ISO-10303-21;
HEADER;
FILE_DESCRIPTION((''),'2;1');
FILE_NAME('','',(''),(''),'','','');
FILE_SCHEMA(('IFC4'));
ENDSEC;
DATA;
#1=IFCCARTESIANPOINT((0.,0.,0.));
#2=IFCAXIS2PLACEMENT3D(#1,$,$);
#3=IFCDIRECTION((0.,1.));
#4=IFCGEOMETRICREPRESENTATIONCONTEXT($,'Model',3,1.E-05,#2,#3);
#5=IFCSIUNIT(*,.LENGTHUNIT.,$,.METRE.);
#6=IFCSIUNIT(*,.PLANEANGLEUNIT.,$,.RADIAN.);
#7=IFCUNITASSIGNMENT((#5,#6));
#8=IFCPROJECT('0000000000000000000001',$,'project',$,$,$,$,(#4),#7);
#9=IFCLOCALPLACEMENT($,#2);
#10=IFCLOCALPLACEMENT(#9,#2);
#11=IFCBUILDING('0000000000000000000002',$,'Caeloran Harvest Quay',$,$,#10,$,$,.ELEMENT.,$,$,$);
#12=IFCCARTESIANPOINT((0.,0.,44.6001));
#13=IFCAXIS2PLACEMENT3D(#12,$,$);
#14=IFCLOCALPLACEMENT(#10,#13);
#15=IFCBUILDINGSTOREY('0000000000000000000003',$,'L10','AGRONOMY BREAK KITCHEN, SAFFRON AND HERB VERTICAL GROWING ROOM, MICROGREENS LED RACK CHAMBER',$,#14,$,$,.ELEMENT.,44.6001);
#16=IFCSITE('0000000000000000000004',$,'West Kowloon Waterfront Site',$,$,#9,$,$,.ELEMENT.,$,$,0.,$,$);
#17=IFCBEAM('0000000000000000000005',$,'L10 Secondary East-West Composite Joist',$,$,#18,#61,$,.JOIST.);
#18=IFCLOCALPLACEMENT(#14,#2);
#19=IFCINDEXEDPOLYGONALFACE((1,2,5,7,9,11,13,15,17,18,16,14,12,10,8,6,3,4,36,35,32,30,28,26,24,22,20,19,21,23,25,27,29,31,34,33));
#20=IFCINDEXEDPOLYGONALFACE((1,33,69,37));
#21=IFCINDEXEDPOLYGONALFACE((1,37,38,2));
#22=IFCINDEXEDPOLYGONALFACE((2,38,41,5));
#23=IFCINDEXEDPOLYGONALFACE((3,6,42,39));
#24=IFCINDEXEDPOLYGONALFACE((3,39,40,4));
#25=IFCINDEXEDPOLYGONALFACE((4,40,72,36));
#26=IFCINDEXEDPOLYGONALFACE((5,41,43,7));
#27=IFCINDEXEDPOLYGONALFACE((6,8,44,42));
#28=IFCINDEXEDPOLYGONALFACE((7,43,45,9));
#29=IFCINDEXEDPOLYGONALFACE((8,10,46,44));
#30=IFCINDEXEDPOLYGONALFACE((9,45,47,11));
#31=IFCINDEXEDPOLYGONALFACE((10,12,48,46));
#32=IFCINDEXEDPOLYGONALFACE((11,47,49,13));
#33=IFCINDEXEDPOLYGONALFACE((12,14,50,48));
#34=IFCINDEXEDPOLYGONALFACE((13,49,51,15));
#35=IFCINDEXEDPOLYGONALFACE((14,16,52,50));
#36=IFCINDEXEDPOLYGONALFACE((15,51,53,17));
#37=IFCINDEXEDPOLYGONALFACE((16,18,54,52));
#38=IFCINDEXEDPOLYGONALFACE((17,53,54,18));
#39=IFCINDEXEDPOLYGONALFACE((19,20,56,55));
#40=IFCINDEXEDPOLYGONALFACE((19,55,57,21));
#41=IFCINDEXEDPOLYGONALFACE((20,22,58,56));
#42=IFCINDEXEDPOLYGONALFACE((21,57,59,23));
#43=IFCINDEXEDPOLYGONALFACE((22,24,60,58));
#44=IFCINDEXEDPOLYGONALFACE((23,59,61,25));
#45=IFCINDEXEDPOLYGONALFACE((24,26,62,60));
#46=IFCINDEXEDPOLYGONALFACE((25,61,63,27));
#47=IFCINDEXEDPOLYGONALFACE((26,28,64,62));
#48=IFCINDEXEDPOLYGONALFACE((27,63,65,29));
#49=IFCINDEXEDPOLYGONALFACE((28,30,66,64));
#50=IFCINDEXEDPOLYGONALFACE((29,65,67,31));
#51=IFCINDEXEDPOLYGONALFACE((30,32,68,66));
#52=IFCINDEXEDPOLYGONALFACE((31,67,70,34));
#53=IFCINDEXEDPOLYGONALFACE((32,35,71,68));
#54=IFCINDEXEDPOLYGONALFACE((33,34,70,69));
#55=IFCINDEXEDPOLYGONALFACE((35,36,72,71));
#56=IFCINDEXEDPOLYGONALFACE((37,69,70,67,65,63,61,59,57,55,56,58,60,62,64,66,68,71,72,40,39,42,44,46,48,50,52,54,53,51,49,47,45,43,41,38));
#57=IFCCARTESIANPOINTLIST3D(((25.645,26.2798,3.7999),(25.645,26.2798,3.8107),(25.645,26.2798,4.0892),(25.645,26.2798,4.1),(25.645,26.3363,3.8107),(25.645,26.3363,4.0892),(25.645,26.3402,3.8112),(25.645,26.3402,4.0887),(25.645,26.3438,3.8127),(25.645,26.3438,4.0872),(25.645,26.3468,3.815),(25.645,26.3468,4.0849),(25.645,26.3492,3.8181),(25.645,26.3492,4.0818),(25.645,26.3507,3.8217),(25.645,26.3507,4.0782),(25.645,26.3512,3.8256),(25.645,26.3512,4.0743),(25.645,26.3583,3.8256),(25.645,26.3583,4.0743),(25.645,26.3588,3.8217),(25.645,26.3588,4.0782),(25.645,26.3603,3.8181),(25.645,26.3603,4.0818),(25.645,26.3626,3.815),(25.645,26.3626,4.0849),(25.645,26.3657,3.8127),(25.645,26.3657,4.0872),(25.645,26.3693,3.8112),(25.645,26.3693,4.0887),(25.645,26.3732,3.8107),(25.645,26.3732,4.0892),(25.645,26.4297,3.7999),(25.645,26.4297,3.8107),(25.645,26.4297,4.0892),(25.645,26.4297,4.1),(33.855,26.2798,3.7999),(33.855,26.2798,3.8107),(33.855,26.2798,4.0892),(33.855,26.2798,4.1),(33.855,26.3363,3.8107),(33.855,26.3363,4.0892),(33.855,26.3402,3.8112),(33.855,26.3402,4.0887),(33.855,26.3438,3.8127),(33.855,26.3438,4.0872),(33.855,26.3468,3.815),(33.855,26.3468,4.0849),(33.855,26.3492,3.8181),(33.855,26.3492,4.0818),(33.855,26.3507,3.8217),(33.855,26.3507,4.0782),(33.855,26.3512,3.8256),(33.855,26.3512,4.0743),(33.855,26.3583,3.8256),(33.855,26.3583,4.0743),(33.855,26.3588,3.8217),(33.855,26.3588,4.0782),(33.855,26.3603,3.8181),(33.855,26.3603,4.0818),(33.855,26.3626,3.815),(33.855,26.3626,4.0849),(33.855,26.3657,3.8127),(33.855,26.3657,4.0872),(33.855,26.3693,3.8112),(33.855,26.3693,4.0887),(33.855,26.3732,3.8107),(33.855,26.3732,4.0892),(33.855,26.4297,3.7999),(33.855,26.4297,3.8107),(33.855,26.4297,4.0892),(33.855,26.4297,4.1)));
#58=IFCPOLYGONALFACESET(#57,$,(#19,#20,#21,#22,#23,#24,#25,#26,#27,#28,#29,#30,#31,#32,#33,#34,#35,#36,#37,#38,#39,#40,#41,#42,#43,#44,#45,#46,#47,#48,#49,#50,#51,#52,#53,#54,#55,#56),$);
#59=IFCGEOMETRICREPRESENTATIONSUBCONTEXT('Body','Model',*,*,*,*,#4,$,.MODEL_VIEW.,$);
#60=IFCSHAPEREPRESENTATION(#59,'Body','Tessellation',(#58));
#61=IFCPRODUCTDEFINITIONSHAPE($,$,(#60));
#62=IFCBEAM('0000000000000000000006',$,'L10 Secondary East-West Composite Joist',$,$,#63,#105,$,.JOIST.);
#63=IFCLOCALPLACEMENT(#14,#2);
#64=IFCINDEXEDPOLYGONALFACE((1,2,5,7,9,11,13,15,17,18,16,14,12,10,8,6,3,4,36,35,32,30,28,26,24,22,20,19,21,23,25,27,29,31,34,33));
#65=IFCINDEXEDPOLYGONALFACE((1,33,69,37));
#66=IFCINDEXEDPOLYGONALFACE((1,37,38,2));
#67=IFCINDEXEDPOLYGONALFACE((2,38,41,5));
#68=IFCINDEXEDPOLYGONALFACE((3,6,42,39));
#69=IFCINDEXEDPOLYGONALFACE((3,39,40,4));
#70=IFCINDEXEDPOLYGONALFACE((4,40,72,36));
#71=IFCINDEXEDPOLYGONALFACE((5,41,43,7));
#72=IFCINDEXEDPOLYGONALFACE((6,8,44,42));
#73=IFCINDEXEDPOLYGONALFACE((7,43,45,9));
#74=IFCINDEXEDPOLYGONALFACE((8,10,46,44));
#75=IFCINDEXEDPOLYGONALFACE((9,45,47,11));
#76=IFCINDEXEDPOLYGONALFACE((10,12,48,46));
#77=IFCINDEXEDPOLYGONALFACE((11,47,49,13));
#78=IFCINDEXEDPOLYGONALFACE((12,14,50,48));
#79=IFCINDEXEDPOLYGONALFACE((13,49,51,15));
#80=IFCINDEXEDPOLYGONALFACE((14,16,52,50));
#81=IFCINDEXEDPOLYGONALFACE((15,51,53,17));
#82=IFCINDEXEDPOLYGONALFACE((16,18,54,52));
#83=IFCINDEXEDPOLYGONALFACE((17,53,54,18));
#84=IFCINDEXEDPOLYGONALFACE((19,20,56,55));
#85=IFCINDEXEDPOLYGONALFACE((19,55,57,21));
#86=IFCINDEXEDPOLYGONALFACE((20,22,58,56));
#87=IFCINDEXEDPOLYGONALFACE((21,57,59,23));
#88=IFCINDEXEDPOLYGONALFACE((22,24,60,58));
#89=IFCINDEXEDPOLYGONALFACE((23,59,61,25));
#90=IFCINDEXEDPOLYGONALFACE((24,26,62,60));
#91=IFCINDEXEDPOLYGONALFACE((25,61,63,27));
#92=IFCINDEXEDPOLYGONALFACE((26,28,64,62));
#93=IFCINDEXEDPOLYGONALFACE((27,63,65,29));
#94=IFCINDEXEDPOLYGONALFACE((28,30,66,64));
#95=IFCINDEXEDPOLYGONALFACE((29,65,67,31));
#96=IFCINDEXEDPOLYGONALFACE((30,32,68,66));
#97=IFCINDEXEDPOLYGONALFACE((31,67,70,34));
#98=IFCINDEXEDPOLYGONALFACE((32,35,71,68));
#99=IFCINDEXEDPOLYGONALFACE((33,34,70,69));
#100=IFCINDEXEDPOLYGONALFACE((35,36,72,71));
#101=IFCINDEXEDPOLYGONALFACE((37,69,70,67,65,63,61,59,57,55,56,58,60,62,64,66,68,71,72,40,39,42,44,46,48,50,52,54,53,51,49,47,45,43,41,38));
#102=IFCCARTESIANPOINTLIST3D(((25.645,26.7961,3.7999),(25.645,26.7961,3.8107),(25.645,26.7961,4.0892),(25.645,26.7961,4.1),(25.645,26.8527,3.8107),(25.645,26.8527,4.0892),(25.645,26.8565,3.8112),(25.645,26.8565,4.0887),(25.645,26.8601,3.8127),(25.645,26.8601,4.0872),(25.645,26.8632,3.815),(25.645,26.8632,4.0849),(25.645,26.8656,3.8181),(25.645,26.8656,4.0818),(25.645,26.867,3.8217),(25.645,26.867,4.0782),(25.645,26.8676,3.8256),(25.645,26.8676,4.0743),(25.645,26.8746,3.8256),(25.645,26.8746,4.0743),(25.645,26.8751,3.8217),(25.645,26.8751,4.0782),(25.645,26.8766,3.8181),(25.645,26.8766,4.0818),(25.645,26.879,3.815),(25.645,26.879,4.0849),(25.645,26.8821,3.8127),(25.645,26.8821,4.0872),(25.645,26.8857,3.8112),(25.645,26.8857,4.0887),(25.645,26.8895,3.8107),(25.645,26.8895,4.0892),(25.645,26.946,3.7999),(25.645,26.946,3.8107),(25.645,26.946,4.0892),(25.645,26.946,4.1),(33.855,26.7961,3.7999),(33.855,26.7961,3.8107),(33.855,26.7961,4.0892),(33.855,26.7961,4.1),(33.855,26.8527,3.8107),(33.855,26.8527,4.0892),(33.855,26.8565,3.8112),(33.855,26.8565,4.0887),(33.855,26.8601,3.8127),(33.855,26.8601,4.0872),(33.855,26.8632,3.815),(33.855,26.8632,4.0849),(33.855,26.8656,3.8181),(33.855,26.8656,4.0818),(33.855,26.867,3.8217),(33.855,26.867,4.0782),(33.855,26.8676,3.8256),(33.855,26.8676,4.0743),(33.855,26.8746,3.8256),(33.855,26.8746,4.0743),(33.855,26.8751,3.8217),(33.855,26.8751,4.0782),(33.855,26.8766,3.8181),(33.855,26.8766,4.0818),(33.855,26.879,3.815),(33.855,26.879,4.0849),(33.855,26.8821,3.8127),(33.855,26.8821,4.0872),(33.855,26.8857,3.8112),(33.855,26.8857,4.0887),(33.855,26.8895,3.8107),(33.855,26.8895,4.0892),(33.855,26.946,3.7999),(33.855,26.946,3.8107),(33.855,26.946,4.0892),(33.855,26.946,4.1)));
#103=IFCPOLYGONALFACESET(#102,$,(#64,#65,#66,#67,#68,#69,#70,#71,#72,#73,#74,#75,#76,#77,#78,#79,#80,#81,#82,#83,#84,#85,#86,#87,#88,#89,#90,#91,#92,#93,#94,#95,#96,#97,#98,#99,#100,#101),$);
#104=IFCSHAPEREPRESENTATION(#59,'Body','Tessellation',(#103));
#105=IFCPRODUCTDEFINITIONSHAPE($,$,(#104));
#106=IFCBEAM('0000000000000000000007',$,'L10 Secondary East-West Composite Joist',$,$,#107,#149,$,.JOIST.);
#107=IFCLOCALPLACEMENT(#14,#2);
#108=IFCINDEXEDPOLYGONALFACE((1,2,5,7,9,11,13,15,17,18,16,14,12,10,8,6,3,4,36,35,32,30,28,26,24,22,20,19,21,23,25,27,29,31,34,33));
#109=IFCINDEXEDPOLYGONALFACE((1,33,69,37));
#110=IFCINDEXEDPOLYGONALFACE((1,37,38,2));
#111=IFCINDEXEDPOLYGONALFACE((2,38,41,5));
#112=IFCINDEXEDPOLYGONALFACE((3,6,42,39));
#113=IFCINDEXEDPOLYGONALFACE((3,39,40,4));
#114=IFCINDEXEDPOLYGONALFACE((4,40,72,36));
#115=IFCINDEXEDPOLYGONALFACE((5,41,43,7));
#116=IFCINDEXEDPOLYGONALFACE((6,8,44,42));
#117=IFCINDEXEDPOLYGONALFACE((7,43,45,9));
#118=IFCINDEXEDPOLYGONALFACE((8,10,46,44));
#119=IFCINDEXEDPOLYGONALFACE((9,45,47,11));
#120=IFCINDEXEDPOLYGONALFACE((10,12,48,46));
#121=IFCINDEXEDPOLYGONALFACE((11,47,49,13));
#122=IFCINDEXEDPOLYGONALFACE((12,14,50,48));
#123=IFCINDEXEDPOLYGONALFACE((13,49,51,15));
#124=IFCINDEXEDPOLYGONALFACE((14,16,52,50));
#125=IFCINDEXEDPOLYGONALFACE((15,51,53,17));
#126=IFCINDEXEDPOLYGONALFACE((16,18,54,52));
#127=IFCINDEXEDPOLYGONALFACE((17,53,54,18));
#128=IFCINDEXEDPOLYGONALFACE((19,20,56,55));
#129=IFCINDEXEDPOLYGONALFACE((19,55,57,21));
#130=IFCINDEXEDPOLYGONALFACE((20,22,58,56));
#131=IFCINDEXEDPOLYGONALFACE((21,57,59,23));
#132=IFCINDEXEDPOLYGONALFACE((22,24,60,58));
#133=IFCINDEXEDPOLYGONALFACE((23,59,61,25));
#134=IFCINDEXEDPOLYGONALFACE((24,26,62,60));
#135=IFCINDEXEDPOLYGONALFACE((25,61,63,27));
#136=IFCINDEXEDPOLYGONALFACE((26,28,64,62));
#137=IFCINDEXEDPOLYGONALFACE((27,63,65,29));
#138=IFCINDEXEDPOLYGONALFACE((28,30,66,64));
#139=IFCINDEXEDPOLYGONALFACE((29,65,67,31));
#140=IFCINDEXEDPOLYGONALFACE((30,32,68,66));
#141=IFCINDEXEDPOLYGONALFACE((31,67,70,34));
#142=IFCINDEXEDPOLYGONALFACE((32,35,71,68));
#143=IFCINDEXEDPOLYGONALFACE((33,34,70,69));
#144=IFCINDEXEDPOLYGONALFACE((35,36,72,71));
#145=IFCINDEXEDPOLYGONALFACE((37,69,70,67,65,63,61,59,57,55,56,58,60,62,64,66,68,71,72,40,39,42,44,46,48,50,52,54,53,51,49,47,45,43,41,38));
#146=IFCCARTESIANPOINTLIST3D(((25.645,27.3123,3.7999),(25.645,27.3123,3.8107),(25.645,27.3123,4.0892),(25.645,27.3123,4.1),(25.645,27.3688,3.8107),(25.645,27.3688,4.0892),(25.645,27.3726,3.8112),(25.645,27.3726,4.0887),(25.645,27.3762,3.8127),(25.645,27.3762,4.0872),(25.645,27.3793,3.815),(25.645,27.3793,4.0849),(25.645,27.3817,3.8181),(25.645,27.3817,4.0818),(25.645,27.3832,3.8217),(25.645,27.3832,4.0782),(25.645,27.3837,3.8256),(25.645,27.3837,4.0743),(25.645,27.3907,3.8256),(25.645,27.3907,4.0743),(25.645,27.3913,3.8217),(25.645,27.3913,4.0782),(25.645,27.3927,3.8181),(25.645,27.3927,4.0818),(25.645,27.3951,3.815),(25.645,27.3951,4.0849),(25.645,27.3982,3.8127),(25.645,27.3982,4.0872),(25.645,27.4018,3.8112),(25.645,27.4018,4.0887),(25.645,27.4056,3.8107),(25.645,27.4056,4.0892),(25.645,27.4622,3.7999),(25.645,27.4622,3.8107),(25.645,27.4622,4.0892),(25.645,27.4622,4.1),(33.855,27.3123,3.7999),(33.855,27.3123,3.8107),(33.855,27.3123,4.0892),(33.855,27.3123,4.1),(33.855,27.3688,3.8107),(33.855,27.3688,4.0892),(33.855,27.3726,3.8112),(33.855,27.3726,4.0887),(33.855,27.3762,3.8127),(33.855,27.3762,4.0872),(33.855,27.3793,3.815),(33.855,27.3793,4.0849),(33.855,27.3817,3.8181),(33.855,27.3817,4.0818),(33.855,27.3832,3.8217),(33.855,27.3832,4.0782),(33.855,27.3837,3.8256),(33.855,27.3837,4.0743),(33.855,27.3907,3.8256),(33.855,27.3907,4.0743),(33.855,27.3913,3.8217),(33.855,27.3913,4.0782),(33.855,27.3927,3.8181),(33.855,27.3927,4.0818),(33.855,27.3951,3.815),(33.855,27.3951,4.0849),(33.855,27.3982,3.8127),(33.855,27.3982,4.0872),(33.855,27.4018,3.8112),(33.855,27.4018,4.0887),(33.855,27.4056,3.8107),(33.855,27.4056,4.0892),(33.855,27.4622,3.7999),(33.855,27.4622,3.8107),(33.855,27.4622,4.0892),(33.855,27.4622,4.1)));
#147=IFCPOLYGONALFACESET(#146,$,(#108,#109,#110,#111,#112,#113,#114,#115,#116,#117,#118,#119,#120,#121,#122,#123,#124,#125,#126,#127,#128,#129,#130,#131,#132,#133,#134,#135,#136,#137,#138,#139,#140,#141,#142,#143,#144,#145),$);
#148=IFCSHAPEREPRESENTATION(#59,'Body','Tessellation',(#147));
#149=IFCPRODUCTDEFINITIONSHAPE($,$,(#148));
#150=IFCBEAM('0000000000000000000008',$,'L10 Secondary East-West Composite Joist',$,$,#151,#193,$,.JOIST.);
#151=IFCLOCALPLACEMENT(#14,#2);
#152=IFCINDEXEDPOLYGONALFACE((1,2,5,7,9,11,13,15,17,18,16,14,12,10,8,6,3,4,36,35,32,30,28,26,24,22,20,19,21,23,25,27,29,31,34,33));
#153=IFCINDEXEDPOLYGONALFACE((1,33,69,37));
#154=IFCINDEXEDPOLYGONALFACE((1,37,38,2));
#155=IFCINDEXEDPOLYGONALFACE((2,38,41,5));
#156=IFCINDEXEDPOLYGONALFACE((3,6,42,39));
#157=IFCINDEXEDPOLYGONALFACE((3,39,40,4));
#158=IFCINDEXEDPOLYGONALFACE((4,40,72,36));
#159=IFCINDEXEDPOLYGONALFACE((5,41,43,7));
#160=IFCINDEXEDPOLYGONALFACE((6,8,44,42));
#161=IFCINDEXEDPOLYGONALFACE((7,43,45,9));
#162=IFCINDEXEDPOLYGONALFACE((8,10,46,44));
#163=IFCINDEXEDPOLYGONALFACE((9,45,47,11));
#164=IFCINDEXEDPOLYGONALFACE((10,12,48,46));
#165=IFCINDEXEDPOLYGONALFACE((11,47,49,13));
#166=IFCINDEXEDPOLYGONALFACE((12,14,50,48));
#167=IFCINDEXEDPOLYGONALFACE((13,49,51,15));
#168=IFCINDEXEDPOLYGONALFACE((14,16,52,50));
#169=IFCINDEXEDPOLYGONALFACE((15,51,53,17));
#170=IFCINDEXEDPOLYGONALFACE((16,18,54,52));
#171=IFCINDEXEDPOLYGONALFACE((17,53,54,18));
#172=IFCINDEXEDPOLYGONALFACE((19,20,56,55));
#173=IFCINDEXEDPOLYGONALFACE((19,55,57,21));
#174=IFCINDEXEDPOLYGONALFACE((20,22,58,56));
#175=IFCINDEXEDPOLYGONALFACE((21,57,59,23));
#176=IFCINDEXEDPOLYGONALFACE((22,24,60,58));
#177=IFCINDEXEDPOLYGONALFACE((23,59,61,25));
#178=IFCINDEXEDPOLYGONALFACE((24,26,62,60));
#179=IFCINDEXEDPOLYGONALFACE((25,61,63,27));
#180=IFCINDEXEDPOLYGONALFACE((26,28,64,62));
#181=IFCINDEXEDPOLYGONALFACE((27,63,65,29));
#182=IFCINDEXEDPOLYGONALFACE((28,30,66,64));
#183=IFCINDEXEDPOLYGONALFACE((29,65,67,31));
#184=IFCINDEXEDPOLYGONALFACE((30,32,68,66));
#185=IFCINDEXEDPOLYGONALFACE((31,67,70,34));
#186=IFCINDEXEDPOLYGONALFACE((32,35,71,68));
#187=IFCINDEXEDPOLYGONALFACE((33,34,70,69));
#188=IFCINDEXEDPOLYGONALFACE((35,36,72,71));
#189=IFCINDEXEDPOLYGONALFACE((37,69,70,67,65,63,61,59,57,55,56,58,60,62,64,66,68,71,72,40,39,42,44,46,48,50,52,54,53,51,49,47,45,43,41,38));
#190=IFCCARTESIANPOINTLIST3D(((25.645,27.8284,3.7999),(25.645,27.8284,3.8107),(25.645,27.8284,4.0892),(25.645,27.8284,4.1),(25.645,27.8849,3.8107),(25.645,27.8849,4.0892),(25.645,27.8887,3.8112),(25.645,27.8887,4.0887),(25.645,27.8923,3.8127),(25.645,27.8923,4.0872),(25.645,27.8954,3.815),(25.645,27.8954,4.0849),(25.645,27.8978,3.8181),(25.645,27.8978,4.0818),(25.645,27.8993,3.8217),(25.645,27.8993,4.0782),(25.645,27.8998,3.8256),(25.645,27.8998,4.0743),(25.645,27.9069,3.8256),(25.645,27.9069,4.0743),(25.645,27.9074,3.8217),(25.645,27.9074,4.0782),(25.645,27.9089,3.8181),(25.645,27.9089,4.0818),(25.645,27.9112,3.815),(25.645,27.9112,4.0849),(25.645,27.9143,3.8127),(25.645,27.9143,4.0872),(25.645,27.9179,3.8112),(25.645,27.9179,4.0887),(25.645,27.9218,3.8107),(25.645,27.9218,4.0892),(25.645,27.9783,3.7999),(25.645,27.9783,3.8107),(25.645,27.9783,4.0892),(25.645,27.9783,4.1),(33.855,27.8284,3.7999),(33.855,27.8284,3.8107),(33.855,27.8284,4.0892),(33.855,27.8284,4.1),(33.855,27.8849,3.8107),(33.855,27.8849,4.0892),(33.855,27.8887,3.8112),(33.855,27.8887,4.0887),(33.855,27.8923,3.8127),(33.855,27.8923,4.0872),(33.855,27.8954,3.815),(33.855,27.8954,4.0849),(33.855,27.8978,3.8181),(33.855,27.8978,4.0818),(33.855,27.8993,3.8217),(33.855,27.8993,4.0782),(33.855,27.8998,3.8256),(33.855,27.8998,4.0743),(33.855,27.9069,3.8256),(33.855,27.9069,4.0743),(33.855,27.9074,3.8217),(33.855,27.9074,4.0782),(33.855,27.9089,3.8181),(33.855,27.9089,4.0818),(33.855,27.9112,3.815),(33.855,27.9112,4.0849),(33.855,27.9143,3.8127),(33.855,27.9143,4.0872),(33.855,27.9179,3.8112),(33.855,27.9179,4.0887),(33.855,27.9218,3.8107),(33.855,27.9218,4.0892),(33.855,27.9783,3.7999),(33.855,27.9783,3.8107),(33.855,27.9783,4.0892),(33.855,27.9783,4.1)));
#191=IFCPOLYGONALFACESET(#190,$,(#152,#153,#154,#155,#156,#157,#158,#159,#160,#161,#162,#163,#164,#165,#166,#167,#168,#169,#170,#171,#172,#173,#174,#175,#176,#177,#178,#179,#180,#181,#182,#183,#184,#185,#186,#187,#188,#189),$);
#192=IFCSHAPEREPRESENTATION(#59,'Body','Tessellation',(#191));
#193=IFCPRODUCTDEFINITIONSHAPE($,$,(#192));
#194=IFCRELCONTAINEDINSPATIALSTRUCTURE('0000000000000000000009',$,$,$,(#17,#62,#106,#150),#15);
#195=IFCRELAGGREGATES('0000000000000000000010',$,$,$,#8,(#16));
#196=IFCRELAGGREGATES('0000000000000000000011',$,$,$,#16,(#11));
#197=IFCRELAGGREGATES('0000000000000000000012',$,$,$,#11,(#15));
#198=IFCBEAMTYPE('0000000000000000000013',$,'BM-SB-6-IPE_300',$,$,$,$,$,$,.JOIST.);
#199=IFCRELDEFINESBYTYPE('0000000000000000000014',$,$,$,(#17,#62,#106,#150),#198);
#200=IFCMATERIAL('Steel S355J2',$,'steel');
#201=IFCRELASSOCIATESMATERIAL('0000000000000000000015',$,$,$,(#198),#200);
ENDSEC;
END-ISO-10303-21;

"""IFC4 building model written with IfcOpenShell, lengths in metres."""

from ifc_helpers import new_model, si_unit, direction, frame, origin, origin_2d, place, context, subcontext, project, spatial, i_section, extrude, material, material_profile, profile_set, type_object, element, save


model = new_model("IFC4")

# Units and contexts
model_context = context("Model", 3, precision=1e-05, world=origin(), true_north=direction((0.0, 1.0)))
body_context = subcontext(model_context, "Body", "Model", "MODEL_VIEW")
ifc_project = project(units=[si_unit("LENGTHUNIT", "METRE"), si_unit("PLANEANGLEUNIT", "RADIAN")], contexts=[model_context])

# Site, building, storey
site_placement = place(None, origin())
site = spatial("IfcSite", under=ifc_project, at=site_placement, Name="West Kowloon Waterfront Site", CompositionType="ELEMENT", RefElevation=0.0)
building_placement = place(site_placement, origin())
building = spatial("IfcBuilding", under=site, at=building_placement, Name="Caeloran Harvest Quay", CompositionType="ELEMENT")
storey_placement = place(building_placement, frame((0.0, 0.0, 44.6001)))
storey = spatial("IfcBuildingStorey", under=building, at=storey_placement, Name="L10", Description="AGRONOMY BREAK KITCHEN, SAFFRON AND HERB VERTICAL GROWING ROOM, MICROGREENS LED RACK CHAMBER", CompositionType="ELEMENT", Elevation=44.6001)

# Beams
ifc_material_1 = material(Name="Steel S355J2", Category="steel")
ifc_material_profile_1 = material_profile(ifc_material_1, i_section(OverallWidth=0.1499, OverallDepth=0.3, WebThickness=0.0071, FlangeThickness=0.0107, FilletRadius=0.0149, at=origin_2d()), Name="IPE 300")
ifc_profile_set_1 = profile_set([ifc_material_profile_1], Name="Steel S355J2")
beam_type_1 = type_object("IfcBeamType", Name="BM-SB-6-IPE_300", PredefinedType="JOIST", material=ifc_profile_set_1)
for number, where, z_axis, x_axis, name in (
    (1, (25.645, 26.3547, 3.95), (1.0, 0.0, 0.0), (0.0, 1.0, 0.0), "L10 Secondary East-West Composite Joist"),
    (2, (25.645, 26.8711, 3.95), (1.0, 0.0, 0.0), (0.0, 1.0, 0.0), "L10 Secondary East-West Composite Joist"),
    (3, (25.645, 27.3872, 3.95), (1.0, 0.0, 0.0), (0.0, 1.0, 0.0), "L10 Secondary East-West Composite Joist"),
    (4, (25.645, 27.9033, 3.95), (1.0, 0.0, 0.0), (0.0, 1.0, 0.0), "L10 Secondary East-West Composite Joist"),
):
    element("IfcBeam", number, at=place(storey_placement, frame(where, z_axis=z_axis, x_axis=x_axis)), inside=storey, type_object=beam_type_1, Name=name, PredefinedType="JOIST", context=body_context, shape_type="SweptSolid", body=[
        extrude(i_section(OverallWidth=0.1499, OverallDepth=0.3, WebThickness=0.0071, FlangeThickness=0.0107, FilletRadius=0.0149, at=origin_2d()), origin(), (0.0, 0.0, 1.0), 8.21),
    ])

save(model, "model.ifc")
